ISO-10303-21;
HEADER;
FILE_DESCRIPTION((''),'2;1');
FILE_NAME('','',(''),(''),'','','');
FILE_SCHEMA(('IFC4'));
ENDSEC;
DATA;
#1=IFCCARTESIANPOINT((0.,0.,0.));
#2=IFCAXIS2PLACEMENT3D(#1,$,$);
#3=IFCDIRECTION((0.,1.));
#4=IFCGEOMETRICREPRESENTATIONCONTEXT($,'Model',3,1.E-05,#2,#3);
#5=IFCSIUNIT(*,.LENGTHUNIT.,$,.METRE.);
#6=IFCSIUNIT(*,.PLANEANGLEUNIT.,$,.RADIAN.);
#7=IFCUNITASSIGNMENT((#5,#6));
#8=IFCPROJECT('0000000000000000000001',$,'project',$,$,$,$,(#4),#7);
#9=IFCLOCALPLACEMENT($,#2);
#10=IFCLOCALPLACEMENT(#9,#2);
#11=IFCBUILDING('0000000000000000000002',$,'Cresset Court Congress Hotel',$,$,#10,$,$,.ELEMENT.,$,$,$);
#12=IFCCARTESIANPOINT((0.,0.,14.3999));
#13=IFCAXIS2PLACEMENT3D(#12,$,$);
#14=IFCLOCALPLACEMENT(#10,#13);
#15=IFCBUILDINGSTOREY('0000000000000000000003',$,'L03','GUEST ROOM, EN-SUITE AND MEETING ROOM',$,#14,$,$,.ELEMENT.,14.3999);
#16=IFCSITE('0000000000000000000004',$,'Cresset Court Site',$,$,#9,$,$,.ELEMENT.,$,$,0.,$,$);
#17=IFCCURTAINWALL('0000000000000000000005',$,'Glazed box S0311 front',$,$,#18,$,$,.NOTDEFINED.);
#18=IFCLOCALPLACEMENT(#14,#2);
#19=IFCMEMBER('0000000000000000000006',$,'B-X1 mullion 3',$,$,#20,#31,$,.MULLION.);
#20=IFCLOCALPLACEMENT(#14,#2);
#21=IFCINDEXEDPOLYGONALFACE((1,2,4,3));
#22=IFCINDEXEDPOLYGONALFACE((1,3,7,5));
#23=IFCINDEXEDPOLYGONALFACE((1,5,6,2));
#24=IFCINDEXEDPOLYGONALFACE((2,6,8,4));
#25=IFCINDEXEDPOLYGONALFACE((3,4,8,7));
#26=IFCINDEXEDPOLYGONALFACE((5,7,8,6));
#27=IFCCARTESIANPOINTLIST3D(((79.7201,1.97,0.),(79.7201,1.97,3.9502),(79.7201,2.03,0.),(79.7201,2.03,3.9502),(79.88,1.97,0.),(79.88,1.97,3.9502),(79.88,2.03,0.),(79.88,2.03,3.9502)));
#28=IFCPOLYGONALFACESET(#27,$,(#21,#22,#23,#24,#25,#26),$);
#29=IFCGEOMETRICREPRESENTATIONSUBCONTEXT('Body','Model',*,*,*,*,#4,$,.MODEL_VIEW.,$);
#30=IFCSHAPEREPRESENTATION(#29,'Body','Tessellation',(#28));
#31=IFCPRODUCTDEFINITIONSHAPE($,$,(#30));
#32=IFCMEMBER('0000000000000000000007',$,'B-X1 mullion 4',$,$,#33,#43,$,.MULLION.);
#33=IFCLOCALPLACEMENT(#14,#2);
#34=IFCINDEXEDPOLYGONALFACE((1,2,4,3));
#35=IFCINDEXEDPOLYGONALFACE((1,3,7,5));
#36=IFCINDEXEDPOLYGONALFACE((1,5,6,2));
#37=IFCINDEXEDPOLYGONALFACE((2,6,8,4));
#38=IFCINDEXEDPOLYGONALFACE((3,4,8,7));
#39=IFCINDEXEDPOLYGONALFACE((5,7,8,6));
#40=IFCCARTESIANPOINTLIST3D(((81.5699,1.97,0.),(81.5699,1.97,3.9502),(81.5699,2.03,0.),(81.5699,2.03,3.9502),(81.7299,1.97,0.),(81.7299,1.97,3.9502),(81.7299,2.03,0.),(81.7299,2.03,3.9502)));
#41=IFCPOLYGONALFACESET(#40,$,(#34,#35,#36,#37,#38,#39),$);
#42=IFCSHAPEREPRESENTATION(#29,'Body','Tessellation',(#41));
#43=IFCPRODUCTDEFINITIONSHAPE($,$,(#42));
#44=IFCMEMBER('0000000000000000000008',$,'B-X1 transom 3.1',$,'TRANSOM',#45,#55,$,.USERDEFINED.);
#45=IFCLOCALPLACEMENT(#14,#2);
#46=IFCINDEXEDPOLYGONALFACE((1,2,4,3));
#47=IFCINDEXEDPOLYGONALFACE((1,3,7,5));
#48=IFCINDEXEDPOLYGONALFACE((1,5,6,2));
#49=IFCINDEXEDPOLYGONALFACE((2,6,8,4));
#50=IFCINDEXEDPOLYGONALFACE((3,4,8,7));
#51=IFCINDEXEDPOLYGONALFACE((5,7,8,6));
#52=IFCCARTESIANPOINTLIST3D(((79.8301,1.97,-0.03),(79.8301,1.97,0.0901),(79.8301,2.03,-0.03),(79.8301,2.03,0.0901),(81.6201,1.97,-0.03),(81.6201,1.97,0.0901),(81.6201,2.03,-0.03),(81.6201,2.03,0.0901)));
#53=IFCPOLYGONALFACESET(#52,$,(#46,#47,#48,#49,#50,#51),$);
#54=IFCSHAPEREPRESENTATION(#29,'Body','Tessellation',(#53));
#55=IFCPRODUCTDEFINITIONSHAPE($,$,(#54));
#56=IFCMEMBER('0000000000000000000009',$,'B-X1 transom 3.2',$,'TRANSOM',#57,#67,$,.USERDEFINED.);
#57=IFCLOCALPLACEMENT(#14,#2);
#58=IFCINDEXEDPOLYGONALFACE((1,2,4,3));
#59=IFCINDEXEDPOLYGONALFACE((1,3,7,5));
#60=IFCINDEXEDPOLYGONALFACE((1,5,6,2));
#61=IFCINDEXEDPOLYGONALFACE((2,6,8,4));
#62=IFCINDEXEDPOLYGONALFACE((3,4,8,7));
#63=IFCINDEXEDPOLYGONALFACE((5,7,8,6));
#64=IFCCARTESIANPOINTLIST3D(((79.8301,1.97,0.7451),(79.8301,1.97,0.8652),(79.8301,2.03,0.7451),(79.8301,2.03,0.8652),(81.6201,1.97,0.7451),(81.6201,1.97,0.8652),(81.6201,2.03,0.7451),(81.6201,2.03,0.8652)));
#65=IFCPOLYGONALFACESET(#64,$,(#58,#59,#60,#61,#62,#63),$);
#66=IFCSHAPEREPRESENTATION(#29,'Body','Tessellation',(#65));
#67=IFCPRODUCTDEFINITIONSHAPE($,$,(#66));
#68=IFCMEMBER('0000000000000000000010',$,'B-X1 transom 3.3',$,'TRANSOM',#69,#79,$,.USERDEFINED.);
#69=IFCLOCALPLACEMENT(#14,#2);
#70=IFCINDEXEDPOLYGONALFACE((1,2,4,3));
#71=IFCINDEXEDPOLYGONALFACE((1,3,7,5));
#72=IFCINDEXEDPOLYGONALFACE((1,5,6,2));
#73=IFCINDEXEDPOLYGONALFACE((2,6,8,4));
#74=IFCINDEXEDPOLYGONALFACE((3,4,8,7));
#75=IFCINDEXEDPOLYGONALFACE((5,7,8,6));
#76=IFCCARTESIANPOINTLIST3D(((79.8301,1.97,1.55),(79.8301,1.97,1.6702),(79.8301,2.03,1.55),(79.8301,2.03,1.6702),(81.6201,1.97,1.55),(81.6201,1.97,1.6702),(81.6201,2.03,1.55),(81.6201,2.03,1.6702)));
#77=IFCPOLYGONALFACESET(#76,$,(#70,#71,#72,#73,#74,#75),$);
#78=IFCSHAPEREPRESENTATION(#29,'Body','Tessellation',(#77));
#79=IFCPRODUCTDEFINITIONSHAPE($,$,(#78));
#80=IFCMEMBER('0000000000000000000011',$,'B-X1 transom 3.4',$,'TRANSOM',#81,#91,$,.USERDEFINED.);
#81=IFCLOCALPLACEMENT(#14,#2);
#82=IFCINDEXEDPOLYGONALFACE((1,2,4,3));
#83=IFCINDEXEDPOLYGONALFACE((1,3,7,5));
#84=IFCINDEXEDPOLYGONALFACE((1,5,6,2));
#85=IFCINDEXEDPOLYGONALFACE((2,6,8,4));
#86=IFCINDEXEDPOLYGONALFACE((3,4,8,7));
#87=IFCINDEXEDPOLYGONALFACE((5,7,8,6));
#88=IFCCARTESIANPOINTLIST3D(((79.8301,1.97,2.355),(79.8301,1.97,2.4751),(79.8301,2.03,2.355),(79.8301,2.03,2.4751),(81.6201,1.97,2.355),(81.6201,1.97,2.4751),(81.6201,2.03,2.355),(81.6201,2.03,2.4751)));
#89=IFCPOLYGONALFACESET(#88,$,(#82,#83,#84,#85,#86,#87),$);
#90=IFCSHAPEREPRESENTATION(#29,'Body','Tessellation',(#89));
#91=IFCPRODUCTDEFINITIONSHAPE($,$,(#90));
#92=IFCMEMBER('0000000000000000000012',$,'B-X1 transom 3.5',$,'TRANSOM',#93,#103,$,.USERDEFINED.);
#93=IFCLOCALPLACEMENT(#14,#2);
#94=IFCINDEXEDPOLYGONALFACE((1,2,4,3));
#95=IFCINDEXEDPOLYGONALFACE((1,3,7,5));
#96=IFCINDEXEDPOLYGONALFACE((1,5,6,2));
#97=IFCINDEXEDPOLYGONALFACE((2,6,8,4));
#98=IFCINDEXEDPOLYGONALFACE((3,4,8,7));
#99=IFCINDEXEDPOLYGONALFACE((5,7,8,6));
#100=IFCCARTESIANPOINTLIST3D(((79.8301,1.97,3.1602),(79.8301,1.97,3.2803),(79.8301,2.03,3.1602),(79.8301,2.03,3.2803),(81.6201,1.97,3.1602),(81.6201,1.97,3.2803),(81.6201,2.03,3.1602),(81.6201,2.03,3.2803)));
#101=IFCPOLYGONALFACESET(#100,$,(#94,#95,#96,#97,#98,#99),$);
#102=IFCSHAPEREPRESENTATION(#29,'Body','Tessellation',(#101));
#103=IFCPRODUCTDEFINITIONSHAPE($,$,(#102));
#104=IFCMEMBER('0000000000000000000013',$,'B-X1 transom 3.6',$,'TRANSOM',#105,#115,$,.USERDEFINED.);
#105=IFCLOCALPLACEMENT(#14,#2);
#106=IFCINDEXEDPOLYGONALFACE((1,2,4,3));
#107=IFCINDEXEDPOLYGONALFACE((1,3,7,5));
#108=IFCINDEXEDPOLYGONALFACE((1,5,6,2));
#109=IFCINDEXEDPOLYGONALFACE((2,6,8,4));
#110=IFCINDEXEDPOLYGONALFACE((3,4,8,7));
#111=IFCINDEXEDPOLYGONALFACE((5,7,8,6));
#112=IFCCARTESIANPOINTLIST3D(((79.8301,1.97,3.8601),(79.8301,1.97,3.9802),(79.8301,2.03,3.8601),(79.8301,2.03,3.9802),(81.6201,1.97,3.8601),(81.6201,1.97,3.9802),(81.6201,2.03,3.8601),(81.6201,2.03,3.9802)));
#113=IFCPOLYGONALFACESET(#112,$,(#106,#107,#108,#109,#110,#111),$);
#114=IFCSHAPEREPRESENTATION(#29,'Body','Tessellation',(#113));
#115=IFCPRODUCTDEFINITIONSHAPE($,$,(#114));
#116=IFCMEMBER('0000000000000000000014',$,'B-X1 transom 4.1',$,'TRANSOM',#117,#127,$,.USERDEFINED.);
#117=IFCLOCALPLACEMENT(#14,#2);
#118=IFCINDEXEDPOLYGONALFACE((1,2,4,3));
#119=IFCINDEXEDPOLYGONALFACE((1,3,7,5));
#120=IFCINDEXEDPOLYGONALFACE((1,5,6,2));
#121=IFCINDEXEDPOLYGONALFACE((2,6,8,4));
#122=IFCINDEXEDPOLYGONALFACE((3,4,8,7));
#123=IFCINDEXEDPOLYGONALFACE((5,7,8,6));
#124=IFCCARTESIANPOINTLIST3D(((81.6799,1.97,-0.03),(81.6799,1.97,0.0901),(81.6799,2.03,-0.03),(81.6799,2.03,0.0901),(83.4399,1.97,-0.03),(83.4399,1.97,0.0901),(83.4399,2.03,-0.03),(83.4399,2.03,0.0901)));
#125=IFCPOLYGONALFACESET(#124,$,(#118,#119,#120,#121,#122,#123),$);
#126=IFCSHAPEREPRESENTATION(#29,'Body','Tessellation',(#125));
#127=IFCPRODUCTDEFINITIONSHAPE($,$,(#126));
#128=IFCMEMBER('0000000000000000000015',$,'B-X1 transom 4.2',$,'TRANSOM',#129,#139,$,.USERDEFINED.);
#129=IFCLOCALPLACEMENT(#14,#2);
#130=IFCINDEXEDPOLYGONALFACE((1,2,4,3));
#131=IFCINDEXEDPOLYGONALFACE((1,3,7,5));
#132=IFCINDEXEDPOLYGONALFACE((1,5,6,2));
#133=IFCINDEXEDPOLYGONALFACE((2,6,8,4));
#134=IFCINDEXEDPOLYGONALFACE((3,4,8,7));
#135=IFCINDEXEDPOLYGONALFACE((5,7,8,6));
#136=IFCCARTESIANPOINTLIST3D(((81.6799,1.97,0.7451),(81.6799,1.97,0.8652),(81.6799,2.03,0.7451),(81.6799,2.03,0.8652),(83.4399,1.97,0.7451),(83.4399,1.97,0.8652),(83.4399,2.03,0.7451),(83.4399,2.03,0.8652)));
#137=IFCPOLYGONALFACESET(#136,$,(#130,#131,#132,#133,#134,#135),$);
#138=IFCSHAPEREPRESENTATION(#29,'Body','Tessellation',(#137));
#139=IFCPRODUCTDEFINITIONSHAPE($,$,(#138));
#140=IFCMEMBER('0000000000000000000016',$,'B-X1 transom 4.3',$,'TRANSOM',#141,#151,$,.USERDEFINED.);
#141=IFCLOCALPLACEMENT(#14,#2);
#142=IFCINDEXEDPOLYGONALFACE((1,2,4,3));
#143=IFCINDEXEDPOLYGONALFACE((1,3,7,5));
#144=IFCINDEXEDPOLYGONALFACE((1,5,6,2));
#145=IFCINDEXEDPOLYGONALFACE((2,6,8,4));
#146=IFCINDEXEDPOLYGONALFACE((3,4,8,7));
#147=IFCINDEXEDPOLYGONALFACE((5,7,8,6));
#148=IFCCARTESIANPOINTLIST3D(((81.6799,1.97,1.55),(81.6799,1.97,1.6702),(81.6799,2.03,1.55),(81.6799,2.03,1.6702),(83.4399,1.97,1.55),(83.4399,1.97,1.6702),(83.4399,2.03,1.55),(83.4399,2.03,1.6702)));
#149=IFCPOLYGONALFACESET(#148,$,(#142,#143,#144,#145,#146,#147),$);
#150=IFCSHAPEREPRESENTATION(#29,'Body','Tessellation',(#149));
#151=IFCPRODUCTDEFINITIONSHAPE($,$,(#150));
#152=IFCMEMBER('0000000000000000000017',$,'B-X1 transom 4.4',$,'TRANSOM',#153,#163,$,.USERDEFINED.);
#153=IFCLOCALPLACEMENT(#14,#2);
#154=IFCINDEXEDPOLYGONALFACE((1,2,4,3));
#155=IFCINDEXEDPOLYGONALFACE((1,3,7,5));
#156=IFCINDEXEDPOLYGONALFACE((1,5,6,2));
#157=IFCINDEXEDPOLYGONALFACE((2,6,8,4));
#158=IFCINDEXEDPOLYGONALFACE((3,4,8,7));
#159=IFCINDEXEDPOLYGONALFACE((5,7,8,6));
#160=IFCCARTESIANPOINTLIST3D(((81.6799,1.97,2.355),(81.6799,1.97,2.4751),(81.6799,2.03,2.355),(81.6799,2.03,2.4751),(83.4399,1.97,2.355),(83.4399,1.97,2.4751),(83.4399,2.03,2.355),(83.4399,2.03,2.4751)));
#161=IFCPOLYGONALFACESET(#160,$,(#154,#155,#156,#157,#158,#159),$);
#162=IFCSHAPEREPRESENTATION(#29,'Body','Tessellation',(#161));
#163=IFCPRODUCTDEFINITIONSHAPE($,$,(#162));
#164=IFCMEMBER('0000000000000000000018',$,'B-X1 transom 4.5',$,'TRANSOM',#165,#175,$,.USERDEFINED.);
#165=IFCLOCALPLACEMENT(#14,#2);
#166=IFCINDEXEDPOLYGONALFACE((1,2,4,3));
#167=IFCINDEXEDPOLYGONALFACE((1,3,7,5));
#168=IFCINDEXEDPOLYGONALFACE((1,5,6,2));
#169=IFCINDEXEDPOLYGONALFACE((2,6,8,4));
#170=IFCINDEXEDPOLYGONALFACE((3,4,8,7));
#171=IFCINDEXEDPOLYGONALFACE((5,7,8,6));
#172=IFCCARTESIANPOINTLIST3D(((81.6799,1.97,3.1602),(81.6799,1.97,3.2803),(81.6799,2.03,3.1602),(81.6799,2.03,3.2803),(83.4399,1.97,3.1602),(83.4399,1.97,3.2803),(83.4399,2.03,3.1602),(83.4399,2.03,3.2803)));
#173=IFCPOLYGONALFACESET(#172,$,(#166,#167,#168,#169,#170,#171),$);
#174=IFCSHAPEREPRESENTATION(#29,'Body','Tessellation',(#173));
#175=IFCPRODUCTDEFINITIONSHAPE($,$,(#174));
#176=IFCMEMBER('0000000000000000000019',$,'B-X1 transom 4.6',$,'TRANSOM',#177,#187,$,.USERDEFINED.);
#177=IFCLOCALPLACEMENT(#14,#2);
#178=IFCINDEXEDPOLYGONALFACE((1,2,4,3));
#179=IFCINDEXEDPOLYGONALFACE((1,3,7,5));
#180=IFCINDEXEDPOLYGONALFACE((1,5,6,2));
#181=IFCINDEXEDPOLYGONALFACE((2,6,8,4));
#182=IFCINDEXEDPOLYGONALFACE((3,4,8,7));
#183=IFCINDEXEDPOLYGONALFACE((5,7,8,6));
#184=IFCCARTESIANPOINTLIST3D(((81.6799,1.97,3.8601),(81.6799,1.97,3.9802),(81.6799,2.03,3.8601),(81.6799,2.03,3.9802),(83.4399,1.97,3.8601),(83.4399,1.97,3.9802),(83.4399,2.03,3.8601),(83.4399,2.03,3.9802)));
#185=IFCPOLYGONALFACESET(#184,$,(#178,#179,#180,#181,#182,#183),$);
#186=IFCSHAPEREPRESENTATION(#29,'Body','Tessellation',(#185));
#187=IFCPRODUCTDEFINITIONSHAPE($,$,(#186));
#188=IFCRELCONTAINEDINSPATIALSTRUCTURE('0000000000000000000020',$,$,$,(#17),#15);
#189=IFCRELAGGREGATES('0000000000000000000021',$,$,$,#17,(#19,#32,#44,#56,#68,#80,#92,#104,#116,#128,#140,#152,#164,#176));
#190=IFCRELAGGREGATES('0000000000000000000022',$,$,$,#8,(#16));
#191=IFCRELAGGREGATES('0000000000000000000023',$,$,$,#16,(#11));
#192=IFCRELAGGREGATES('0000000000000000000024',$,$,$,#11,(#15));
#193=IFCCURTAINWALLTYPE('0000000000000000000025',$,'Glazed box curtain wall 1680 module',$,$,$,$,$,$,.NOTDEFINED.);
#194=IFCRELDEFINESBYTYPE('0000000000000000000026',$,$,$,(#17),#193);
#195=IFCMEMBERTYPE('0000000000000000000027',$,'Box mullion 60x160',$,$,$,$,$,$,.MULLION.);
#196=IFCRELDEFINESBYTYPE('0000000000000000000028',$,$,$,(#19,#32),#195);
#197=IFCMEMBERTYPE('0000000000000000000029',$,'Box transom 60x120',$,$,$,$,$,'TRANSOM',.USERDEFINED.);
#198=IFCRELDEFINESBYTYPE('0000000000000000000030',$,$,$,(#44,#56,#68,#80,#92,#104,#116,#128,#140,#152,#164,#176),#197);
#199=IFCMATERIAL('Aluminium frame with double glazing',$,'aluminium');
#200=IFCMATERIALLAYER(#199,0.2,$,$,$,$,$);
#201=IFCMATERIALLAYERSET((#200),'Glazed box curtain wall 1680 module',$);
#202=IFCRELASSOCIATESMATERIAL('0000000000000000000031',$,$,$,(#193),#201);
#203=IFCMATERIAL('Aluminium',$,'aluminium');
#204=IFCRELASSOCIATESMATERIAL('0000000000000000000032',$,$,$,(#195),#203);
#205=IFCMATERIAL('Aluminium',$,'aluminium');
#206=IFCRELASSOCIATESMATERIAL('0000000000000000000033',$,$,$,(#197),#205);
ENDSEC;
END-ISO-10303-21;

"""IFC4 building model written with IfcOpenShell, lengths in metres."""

from ifc_helpers import new_model, si_unit, direction, frame, origin, origin_2d, place, context, subcontext, project, spatial, rectangle, extrude, material, layer, layer_set, material_profile, profile_set, type_object, element, aggregate, save


model = new_model("IFC4")

# Units and contexts
model_context = context("Model", 3, precision=1e-05, world=origin(), true_north=direction((0.0, 1.0)))
body_context = subcontext(model_context, "Body", "Model", "MODEL_VIEW")
ifc_project = project(units=[si_unit("LENGTHUNIT", "METRE"), si_unit("PLANEANGLEUNIT", "RADIAN")], contexts=[model_context])

# Site, building, storey
site_placement = place(None, origin())
site = spatial("IfcSite", under=ifc_project, at=site_placement, Name="Cresset Court Site", CompositionType="ELEMENT", RefElevation=0.0)
building_placement = place(site_placement, origin())
building = spatial("IfcBuilding", under=site, at=building_placement, Name="Cresset Court Congress Hotel", CompositionType="ELEMENT")
storey_placement = place(building_placement, frame((0.0, 0.0, 14.3999)))
storey = spatial("IfcBuildingStorey", under=building, at=storey_placement, Name="L03", Description="GUEST ROOM, EN-SUITE AND MEETING ROOM", CompositionType="ELEMENT", Elevation=14.3999)

# Curtain wall, members
ifc_material_1 = material(Name="Aluminium frame with double glazing", Category="aluminium")
ifc_layer_1 = layer(ifc_material_1, 0.2)
ifc_layer_set_1 = layer_set([ifc_layer_1], Name="Glazed box curtain wall 1680 module")
curtain_wall_type = type_object("IfcCurtainWallType", Name="Glazed box curtain wall 1680 module", PredefinedType="NOTDEFINED", material=ifc_layer_set_1)
curtain_wall_placement = place(storey_placement, origin())
curtain_wall = element("IfcCurtainWall", 1, at=curtain_wall_placement, inside=storey, type_object=curtain_wall_type, Name="Glazed box S0311 front", PredefinedType="NOTDEFINED")
ifc_material_2 = material(Name="Aluminium", Category="aluminium")
ifc_material_profile_1 = material_profile(ifc_material_2, rectangle(XDim=0.0601, YDim=0.1599, at=origin_2d()), Name="Box mullion 60x160")
ifc_profile_set_1 = profile_set([ifc_material_profile_1], Name="Aluminium")
member_type_1 = type_object("IfcMemberType", Name="Box mullion 60x160", PredefinedType="MULLION", material=ifc_profile_set_1)
member_1_placement = place(storey_placement, frame((79.8, 2.0, 0.0), z_axis=(0.0, 0.0, 1.0), x_axis=(0.0, 1.0, 0.0)))
member_1 = element("IfcMember", 2, at=member_1_placement, type_object=member_type_1, Name="B-X1 mullion 3", PredefinedType="MULLION", context=body_context, shape_type="SweptSolid", body=[
    extrude(rectangle(XDim=0.0601, YDim=0.1599, at=origin_2d()), origin(), (0.0, 0.0, 1.0), 3.9502),
])
member_2_placement = place(storey_placement, frame((81.6499, 2.0, 0.0), z_axis=(0.0, 0.0, 1.0), x_axis=(0.0, 1.0, 0.0)))
member_2 = element("IfcMember", 3, at=member_2_placement, type_object=member_type_1, Name="B-X1 mullion 4", PredefinedType="MULLION", context=body_context, shape_type="SweptSolid", body=[
    extrude(rectangle(XDim=0.0601, YDim=0.1599, at=origin_2d()), origin(), (0.0, 0.0, 1.0), 3.9502),
])
ifc_material_3 = material(Name="Aluminium", Category="aluminium")
ifc_material_profile_2 = material_profile(ifc_material_3, rectangle(XDim=0.0601, YDim=0.1201, at=origin_2d()), Name="Box transom 60x120")
ifc_profile_set_2 = profile_set([ifc_material_profile_2], Name="Aluminium")
member_type_2 = type_object("IfcMemberType", Name="Box transom 60x120", ElementType="TRANSOM", PredefinedType="USERDEFINED", material=ifc_profile_set_2)
member_3_placement = place(storey_placement, frame((79.8301, 2.0, 0.03), z_axis=(1.0, 0.0, 0.0), x_axis=(0.0, 1.0, 0.0)))
member_3 = element("IfcMember", 4, at=member_3_placement, type_object=member_type_2, Name="B-X1 transom 3.1", ObjectType="TRANSOM", PredefinedType="USERDEFINED", context=body_context, shape_type="SweptSolid", body=[
    extrude(rectangle(XDim=0.0601, YDim=0.1201, at=origin_2d()), origin(), (0.0, 0.0, 1.0), 1.79),
])
member_4_placement = place(storey_placement, frame((79.8301, 2.0, 0.8052), z_axis=(1.0, 0.0, 0.0), x_axis=(0.0, 1.0, 0.0)))
member_4 = element("IfcMember", 5, at=member_4_placement, type_object=member_type_2, Name="B-X1 transom 3.2", ObjectType="TRANSOM", PredefinedType="USERDEFINED", context=body_context, shape_type="SweptSolid", body=[
    extrude(rectangle(XDim=0.0601, YDim=0.1201, at=origin_2d()), origin(), (0.0, 0.0, 1.0), 1.79),
])
member_5_placement = place(storey_placement, frame((79.8301, 2.0, 1.6101), z_axis=(1.0, 0.0, 0.0), x_axis=(0.0, 1.0, 0.0)))
member_5 = element("IfcMember", 6, at=member_5_placement, type_object=member_type_2, Name="B-X1 transom 3.3", ObjectType="TRANSOM", PredefinedType="USERDEFINED", context=body_context, shape_type="SweptSolid", body=[
    extrude(rectangle(XDim=0.0601, YDim=0.1201, at=origin_2d()), origin(), (0.0, 0.0, 1.0), 1.79),
])
member_6_placement = place(storey_placement, frame((79.8301, 2.0, 2.415), z_axis=(1.0, 0.0, 0.0), x_axis=(0.0, 1.0, 0.0)))
member_6 = element("IfcMember", 7, at=member_6_placement, type_object=member_type_2, Name="B-X1 transom 3.4", ObjectType="TRANSOM", PredefinedType="USERDEFINED", context=body_context, shape_type="SweptSolid", body=[
    extrude(rectangle(XDim=0.0601, YDim=0.1201, at=origin_2d()), origin(), (0.0, 0.0, 1.0), 1.79),
])
member_7_placement = place(storey_placement, frame((79.8301, 2.0, 3.2202), z_axis=(1.0, 0.0, 0.0), x_axis=(0.0, 1.0, 0.0)))
member_7 = element("IfcMember", 8, at=member_7_placement, type_object=member_type_2, Name="B-X1 transom 3.5", ObjectType="TRANSOM", PredefinedType="USERDEFINED", context=body_context, shape_type="SweptSolid", body=[
    extrude(rectangle(XDim=0.0601, YDim=0.1201, at=origin_2d()), origin(), (0.0, 0.0, 1.0), 1.79),
])
member_8_placement = place(storey_placement, frame((79.8301, 2.0, 3.9202), z_axis=(1.0, 0.0, 0.0), x_axis=(0.0, 1.0, 0.0)))
member_8 = element("IfcMember", 9, at=member_8_placement, type_object=member_type_2, Name="B-X1 transom 3.6", ObjectType="TRANSOM", PredefinedType="USERDEFINED", context=body_context, shape_type="SweptSolid", body=[
    extrude(rectangle(XDim=0.0601, YDim=0.1201, at=origin_2d()), origin(), (0.0, 0.0, 1.0), 1.79),
])
member_9_placement = place(storey_placement, frame((81.6799, 2.0, 0.03), z_axis=(1.0, 0.0, 0.0), x_axis=(0.0, 1.0, 0.0)))
member_9 = element("IfcMember", 10, at=member_9_placement, type_object=member_type_2, Name="B-X1 transom 4.1", ObjectType="TRANSOM", PredefinedType="USERDEFINED", context=body_context, shape_type="SweptSolid", body=[
    extrude(rectangle(XDim=0.0601, YDim=0.1201, at=origin_2d()), origin(), (0.0, 0.0, 1.0), 1.76),
])
member_10_placement = place(storey_placement, frame((81.6799, 2.0, 0.8052), z_axis=(1.0, 0.0, 0.0), x_axis=(0.0, 1.0, 0.0)))
member_10 = element("IfcMember", 11, at=member_10_placement, type_object=member_type_2, Name="B-X1 transom 4.2", ObjectType="TRANSOM", PredefinedType="USERDEFINED", context=body_context, shape_type="SweptSolid", body=[
    extrude(rectangle(XDim=0.0601, YDim=0.1201, at=origin_2d()), origin(), (0.0, 0.0, 1.0), 1.76),
])
member_11_placement = place(storey_placement, frame((81.6799, 2.0, 1.6101), z_axis=(1.0, 0.0, 0.0), x_axis=(0.0, 1.0, 0.0)))
member_11 = element("IfcMember", 12, at=member_11_placement, type_object=member_type_2, Name="B-X1 transom 4.3", ObjectType="TRANSOM", PredefinedType="USERDEFINED", context=body_context, shape_type="SweptSolid", body=[
    extrude(rectangle(XDim=0.0601, YDim=0.1201, at=origin_2d()), origin(), (0.0, 0.0, 1.0), 1.76),
])
member_12_placement = place(storey_placement, frame((81.6799, 2.0, 2.415), z_axis=(1.0, 0.0, 0.0), x_axis=(0.0, 1.0, 0.0)))
member_12 = element("IfcMember", 13, at=member_12_placement, type_object=member_type_2, Name="B-X1 transom 4.4", ObjectType="TRANSOM", PredefinedType="USERDEFINED", context=body_context, shape_type="SweptSolid", body=[
    extrude(rectangle(XDim=0.0601, YDim=0.1201, at=origin_2d()), origin(), (0.0, 0.0, 1.0), 1.76),
])
member_13_placement = place(storey_placement, frame((81.6799, 2.0, 3.2202), z_axis=(1.0, 0.0, 0.0), x_axis=(0.0, 1.0, 0.0)))
member_13 = element("IfcMember", 14, at=member_13_placement, type_object=member_type_2, Name="B-X1 transom 4.5", ObjectType="TRANSOM", PredefinedType="USERDEFINED", context=body_context, shape_type="SweptSolid", body=[
    extrude(rectangle(XDim=0.0601, YDim=0.1201, at=origin_2d()), origin(), (0.0, 0.0, 1.0), 1.76),
])
member_14_placement = place(storey_placement, frame((81.6799, 2.0, 3.9202), z_axis=(1.0, 0.0, 0.0), x_axis=(0.0, 1.0, 0.0)))
member_14 = element("IfcMember", 15, at=member_14_placement, type_object=member_type_2, Name="B-X1 transom 4.6", ObjectType="TRANSOM", PredefinedType="USERDEFINED", context=body_context, shape_type="SweptSolid", body=[
    extrude(rectangle(XDim=0.0601, YDim=0.1201, at=origin_2d()), origin(), (0.0, 0.0, 1.0), 1.76),
])

aggregate(curtain_wall, [member_1, member_2, member_3, member_4, member_5, member_6, member_7, member_8, member_9, member_10, member_11, member_12, member_13, member_14])

save(model, "model.ifc")
